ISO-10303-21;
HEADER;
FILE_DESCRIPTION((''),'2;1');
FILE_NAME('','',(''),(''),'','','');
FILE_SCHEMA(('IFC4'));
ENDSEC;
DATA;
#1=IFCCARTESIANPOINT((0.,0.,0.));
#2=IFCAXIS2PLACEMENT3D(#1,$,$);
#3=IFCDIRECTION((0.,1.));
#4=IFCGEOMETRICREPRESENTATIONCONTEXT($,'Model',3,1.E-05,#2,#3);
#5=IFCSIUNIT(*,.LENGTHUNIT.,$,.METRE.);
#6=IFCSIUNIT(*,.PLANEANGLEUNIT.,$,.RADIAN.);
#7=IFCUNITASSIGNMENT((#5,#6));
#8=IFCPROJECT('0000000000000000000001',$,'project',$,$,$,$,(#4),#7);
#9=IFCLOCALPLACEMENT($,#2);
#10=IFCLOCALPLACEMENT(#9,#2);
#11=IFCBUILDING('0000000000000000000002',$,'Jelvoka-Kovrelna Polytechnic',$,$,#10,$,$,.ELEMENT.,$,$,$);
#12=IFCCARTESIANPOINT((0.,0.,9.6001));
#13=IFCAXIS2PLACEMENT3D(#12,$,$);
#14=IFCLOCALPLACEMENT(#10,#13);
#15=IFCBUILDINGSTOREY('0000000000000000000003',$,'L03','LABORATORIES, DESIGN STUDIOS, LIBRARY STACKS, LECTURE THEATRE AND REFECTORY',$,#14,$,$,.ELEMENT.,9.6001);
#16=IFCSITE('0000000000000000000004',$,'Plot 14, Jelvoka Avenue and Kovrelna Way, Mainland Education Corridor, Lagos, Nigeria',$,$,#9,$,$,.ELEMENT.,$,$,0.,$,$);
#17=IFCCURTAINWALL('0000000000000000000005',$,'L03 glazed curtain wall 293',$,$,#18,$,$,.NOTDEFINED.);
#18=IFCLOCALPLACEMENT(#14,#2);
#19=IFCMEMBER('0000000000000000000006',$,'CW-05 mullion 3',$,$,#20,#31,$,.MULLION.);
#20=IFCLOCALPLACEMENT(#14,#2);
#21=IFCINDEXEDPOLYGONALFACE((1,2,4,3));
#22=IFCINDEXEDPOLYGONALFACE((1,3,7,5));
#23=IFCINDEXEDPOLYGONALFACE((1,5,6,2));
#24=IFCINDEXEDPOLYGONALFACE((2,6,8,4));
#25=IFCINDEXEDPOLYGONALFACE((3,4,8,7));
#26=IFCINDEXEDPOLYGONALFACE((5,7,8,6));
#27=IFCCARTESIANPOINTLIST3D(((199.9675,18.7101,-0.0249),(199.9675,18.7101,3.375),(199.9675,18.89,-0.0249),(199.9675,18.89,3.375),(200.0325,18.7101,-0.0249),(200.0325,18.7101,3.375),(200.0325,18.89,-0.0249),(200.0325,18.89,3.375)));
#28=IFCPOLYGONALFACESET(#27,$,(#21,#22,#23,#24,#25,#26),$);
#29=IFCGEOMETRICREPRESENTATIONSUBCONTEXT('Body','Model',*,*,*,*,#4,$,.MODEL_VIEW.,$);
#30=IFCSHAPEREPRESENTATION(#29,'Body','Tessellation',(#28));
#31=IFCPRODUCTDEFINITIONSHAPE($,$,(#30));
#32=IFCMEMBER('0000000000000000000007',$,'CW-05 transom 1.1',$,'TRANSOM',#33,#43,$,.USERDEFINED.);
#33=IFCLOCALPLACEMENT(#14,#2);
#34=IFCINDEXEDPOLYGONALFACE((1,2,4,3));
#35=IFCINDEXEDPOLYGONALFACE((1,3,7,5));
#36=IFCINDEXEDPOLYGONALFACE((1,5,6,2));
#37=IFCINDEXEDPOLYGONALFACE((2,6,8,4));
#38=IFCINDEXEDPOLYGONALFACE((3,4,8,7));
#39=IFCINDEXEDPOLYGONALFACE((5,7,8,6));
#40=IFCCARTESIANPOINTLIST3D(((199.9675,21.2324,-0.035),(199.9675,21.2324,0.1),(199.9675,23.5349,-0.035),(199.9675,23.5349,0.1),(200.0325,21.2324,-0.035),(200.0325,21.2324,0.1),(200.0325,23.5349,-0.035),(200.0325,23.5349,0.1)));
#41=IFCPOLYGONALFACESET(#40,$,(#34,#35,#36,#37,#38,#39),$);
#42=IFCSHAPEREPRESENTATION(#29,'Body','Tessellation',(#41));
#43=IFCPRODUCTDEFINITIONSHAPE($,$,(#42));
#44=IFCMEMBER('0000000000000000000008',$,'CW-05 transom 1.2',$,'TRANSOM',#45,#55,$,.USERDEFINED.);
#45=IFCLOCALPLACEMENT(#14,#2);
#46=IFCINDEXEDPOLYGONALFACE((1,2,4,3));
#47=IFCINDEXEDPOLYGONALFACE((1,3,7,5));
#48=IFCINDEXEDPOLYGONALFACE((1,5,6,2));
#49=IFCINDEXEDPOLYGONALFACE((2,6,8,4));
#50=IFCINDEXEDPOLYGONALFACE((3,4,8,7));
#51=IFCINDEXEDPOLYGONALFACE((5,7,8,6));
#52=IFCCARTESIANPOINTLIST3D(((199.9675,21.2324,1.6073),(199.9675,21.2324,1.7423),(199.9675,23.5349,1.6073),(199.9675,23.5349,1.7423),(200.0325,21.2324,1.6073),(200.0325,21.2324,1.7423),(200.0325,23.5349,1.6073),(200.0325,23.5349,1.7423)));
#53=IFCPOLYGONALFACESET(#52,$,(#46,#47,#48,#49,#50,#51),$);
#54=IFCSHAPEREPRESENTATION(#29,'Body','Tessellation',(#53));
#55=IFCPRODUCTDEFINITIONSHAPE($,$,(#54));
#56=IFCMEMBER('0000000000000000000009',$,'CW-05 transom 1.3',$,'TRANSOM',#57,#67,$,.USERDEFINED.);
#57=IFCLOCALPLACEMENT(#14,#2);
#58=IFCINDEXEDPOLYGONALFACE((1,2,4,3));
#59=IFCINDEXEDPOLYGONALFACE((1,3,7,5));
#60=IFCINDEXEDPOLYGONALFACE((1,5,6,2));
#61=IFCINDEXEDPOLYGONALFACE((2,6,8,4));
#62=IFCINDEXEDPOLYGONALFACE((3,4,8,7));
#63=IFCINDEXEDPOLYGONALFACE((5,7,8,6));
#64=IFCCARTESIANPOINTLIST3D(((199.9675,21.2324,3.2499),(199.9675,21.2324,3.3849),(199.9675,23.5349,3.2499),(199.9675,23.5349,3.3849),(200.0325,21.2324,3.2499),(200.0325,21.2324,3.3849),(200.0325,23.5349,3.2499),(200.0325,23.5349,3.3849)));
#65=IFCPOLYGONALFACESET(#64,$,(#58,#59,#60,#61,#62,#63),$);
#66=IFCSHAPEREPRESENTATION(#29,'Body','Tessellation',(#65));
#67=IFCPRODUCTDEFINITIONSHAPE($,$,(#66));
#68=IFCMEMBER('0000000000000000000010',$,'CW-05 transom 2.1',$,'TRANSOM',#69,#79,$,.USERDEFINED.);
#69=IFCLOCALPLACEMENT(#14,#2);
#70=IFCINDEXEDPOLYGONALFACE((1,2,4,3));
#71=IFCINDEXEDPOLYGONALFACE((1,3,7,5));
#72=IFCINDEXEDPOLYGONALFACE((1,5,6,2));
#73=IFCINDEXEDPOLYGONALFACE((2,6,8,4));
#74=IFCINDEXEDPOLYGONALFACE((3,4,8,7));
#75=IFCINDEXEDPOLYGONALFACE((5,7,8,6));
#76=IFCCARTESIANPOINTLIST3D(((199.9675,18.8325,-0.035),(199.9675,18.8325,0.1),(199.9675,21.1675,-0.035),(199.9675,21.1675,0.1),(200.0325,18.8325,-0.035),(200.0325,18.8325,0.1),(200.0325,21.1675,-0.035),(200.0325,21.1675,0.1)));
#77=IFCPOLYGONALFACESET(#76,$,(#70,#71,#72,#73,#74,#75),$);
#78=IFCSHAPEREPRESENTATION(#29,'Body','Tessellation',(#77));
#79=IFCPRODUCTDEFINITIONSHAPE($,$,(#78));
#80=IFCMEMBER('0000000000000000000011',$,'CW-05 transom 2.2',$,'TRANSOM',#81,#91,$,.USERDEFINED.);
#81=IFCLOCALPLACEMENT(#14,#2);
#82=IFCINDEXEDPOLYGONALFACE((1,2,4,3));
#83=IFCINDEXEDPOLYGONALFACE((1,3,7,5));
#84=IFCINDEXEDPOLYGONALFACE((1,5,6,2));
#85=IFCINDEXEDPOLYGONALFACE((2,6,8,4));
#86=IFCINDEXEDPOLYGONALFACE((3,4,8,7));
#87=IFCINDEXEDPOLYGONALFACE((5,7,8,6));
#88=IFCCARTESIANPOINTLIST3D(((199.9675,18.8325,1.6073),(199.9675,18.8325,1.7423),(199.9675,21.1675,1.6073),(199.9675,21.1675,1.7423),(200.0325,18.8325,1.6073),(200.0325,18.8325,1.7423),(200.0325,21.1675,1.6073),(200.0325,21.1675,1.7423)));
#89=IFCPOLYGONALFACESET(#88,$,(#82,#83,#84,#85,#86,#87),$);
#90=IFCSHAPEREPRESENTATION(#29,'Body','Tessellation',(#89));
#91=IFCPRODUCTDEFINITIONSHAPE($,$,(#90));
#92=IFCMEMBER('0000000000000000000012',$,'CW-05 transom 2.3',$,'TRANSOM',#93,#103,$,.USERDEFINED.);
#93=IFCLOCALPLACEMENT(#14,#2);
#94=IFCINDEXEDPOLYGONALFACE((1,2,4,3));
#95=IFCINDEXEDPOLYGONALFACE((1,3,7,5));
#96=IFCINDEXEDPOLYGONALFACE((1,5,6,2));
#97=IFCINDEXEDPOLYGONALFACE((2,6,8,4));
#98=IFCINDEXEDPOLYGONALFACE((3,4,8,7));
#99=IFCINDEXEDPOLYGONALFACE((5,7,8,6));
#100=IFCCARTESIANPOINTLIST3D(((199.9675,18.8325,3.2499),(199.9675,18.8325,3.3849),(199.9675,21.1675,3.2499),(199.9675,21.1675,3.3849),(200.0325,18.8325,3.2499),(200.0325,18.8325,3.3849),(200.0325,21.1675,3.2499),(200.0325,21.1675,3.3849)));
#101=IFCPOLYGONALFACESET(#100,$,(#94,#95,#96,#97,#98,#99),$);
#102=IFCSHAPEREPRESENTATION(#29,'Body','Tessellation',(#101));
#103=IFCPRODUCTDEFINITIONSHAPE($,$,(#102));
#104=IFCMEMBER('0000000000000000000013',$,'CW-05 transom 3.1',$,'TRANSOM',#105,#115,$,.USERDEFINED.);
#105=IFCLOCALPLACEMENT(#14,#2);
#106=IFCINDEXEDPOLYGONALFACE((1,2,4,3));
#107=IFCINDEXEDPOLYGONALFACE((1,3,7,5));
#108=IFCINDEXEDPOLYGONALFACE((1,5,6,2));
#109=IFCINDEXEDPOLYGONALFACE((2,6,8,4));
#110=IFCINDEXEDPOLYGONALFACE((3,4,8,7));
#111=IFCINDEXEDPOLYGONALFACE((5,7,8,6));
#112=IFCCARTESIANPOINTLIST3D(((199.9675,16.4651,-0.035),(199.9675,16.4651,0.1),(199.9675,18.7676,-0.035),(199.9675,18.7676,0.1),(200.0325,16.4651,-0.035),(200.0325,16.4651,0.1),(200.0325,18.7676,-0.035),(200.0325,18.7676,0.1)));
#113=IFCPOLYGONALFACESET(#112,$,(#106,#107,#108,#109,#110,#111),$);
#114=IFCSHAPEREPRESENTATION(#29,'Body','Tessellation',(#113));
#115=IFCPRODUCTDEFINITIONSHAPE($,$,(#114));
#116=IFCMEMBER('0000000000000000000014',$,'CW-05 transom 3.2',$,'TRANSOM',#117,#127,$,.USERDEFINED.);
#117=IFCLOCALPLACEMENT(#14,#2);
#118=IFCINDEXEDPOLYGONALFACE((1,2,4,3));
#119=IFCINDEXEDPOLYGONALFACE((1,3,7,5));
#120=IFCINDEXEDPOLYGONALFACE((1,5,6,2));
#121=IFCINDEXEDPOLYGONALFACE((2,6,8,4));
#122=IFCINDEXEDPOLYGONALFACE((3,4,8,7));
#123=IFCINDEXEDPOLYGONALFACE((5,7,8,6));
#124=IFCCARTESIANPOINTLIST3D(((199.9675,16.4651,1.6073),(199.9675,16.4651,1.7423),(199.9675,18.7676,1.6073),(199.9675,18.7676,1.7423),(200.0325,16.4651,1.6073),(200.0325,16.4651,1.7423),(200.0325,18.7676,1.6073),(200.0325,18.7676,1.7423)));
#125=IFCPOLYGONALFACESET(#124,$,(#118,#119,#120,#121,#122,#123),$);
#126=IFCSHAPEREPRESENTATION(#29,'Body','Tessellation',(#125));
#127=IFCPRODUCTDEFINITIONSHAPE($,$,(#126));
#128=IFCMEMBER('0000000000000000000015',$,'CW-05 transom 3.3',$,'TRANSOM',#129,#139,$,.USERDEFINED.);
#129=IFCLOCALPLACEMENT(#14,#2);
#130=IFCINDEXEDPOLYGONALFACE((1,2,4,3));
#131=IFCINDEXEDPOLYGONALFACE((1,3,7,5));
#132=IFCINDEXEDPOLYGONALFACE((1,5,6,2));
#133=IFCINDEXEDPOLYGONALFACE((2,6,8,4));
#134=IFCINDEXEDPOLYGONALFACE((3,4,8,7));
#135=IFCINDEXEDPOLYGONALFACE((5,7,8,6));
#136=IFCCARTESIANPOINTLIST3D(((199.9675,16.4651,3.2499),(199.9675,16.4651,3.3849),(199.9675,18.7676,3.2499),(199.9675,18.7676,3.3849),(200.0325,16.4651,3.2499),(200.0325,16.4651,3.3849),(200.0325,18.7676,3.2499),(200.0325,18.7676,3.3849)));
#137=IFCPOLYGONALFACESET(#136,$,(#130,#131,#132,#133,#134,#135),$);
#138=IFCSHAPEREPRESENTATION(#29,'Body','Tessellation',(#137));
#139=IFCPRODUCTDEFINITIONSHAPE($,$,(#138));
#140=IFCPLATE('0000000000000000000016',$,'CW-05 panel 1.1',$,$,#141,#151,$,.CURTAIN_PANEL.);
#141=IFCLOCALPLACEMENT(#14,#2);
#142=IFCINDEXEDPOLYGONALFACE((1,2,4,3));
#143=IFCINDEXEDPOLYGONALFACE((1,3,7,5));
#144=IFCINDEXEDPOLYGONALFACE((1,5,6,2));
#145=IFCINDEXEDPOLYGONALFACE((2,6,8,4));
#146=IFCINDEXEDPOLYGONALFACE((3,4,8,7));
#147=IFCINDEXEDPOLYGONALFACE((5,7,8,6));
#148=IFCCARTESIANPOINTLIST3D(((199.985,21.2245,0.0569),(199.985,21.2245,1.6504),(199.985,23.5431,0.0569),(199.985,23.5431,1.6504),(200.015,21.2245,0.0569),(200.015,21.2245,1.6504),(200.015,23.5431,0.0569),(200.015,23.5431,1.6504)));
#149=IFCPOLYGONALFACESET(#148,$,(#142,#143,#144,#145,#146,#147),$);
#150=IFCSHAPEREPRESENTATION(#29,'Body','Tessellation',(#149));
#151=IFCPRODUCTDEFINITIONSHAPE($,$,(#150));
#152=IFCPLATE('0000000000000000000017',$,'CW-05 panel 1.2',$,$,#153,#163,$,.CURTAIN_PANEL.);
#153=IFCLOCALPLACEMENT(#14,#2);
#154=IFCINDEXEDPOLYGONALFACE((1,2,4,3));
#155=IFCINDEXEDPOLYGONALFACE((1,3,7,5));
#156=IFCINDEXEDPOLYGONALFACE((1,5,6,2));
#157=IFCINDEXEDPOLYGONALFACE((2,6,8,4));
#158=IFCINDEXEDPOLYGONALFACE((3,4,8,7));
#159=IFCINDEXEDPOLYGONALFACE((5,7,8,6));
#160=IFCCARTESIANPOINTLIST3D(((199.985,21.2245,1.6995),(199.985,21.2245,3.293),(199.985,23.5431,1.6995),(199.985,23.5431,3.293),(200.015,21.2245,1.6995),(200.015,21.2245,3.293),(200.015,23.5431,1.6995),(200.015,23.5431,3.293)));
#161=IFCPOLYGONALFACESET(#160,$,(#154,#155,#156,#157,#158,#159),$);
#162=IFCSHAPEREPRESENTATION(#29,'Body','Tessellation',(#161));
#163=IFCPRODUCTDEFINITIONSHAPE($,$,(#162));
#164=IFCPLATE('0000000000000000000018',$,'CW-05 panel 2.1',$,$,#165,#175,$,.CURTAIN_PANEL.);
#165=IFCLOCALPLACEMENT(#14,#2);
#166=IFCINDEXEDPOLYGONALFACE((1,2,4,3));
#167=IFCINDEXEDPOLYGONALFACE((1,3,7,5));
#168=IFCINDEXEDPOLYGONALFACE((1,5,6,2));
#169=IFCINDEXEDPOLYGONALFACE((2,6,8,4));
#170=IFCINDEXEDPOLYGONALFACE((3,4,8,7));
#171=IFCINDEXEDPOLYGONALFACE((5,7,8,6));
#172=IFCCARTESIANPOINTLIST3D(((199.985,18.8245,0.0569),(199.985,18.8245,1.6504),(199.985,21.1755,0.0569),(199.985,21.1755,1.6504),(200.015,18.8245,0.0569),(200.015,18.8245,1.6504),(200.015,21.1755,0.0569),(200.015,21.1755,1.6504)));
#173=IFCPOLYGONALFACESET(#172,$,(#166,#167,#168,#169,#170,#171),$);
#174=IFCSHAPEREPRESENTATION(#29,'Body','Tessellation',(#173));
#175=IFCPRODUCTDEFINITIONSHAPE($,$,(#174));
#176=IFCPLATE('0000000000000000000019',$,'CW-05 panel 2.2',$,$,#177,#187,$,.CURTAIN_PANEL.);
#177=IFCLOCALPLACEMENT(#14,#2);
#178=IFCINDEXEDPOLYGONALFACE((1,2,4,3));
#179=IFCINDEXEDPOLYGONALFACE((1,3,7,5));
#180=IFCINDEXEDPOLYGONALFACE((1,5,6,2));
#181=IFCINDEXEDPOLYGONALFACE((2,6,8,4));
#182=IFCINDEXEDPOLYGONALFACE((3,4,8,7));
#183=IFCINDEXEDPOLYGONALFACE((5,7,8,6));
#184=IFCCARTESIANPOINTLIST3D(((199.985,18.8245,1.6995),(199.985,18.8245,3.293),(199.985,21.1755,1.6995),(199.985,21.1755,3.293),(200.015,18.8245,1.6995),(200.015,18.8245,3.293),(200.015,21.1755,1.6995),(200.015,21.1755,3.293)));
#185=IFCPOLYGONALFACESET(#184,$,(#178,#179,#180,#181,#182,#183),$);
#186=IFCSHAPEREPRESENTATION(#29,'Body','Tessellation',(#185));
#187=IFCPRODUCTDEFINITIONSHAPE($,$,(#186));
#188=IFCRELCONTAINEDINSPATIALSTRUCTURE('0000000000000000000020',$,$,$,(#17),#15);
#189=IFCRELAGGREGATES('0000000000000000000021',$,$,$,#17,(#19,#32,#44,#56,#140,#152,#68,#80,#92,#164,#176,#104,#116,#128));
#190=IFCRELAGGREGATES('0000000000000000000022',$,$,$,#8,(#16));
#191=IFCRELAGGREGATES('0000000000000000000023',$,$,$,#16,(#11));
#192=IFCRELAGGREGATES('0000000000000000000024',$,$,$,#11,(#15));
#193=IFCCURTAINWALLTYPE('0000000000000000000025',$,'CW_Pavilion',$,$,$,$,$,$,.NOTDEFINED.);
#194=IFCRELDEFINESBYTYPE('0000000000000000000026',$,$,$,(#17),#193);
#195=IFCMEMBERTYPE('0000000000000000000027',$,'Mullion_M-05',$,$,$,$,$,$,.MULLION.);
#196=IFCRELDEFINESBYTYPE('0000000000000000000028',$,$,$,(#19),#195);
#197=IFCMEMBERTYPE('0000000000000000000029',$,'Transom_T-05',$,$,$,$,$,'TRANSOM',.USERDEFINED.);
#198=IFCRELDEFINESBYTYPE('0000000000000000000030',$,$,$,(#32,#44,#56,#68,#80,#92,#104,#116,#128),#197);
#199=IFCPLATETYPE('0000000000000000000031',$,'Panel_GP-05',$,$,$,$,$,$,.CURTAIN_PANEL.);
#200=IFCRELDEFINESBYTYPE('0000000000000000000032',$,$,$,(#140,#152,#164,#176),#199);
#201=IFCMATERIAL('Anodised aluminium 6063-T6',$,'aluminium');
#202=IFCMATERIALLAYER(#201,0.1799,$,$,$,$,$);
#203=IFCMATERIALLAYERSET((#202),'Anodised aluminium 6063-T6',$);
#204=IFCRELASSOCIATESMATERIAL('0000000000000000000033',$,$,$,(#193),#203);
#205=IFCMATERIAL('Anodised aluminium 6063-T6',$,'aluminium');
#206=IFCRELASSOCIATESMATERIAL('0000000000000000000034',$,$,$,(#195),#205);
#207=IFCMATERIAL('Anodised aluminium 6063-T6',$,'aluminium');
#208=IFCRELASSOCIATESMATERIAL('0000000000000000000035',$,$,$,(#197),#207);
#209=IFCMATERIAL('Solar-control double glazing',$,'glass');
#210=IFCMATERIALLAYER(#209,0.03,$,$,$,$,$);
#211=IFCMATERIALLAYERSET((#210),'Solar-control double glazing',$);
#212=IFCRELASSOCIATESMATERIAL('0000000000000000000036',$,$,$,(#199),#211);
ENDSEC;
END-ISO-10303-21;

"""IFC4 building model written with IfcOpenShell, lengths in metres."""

from ifc_helpers import new_model, si_unit, direction, frame, origin, origin_2d, place, context, subcontext, project, spatial, rectangle, extrude, material, layer, layer_set, material_profile, profile_set, type_object, element, aggregate, save


model = new_model("IFC4")

# Units and contexts
model_context = context("Model", 3, precision=1e-05, world=origin(), true_north=direction((0.0, 1.0)))
body_context = subcontext(model_context, "Body", "Model", "MODEL_VIEW")
ifc_project = project(units=[si_unit("LENGTHUNIT", "METRE"), si_unit("PLANEANGLEUNIT", "RADIAN")], contexts=[model_context])

# Site, building, storey
site_placement = place(None, origin())
site = spatial("IfcSite", under=ifc_project, at=site_placement, Name="Plot 14, Jelvoka Avenue and Kovrelna Way, Mainland Education Corridor, Lagos, Nigeria", CompositionType="ELEMENT", RefElevation=0.0)
building_placement = place(site_placement, origin())
building = spatial("IfcBuilding", under=site, at=building_placement, Name="Jelvoka-Kovrelna Polytechnic", CompositionType="ELEMENT")
storey_placement = place(building_placement, frame((0.0, 0.0, 9.6001)))
storey = spatial("IfcBuildingStorey", under=building, at=storey_placement, Name="L03", Description="LABORATORIES, DESIGN STUDIOS, LIBRARY STACKS, LECTURE THEATRE AND REFECTORY", CompositionType="ELEMENT", Elevation=9.6001)

# Curtain wall, members, plates
ifc_material_1 = material(Name="Anodised aluminium 6063-T6", Category="aluminium")
ifc_layer_1 = layer(ifc_material_1, 0.1799)
ifc_layer_set_1 = layer_set([ifc_layer_1], Name="Anodised aluminium 6063-T6")
curtain_wall_type = type_object("IfcCurtainWallType", Name="CW_Pavilion", PredefinedType="NOTDEFINED", material=ifc_layer_set_1)
curtain_wall_placement = place(storey_placement, origin())
curtain_wall = element("IfcCurtainWall", 1, at=curtain_wall_placement, inside=storey, type_object=curtain_wall_type, Name="L03 glazed curtain wall 293", PredefinedType="NOTDEFINED")
ifc_material_2 = material(Name="Anodised aluminium 6063-T6", Category="aluminium")
ifc_material_profile_1 = material_profile(ifc_material_2, rectangle(XDim=0.0649, YDim=0.1799, at=origin_2d()), Name="ALU 65x180")
ifc_profile_set_1 = profile_set([ifc_material_profile_1], Name="Anodised aluminium 6063-T6")
member_type_1 = type_object("IfcMemberType", Name="Mullion_M-05", PredefinedType="MULLION", material=ifc_profile_set_1)
member_1_placement = place(storey_placement, frame((200.0, 18.8, -0.0249), z_axis=(0.0, 0.0, 1.0), x_axis=(1.0, 0.0, 0.0)))
member_1 = element("IfcMember", 2, at=member_1_placement, type_object=member_type_1, Name="CW-05 mullion 3", PredefinedType="MULLION", context=body_context, shape_type="SweptSolid", body=[
    extrude(rectangle(XDim=0.0649, YDim=0.1799, at=origin_2d()), origin(), (0.0, 0.0, 1.0), 3.3999),
])
ifc_material_3 = material(Name="Anodised aluminium 6063-T6", Category="aluminium")
ifc_material_profile_2 = material_profile(ifc_material_3, rectangle(XDim=0.0649, YDim=0.135, at=origin_2d()), Name="ALU 65x135")
ifc_profile_set_2 = profile_set([ifc_material_profile_2], Name="Anodised aluminium 6063-T6")
member_type_2 = type_object("IfcMemberType", Name="Transom_T-05", ElementType="TRANSOM", PredefinedType="USERDEFINED", material=ifc_profile_set_2)
member_2_placement = place(storey_placement, frame((200.0, 23.5349, 0.0325), z_axis=(0.0, -1.0, 0.0), x_axis=(1.0, 0.0, 0.0)))
member_2 = element("IfcMember", 3, at=member_2_placement, type_object=member_type_2, Name="CW-05 transom 1.1", ObjectType="TRANSOM", PredefinedType="USERDEFINED", context=body_context, shape_type="SweptSolid", body=[
    extrude(rectangle(XDim=0.0649, YDim=0.135, at=origin_2d()), origin(), (0.0, 0.0, 1.0), 2.3025),
])
member_3_placement = place(storey_placement, frame((200.0, 23.5349, 1.6748), z_axis=(0.0, -1.0, 0.0), x_axis=(1.0, 0.0, 0.0)))
member_3 = element("IfcMember", 4, at=member_3_placement, type_object=member_type_2, Name="CW-05 transom 1.2", ObjectType="TRANSOM", PredefinedType="USERDEFINED", context=body_context, shape_type="SweptSolid", body=[
    extrude(rectangle(XDim=0.0649, YDim=0.135, at=origin_2d()), origin(), (0.0, 0.0, 1.0), 2.3025),
])
member_4_placement = place(storey_placement, frame((200.0, 23.5349, 3.3174), z_axis=(0.0, -1.0, 0.0), x_axis=(1.0, 0.0, 0.0)))
member_4 = element("IfcMember", 5, at=member_4_placement, type_object=member_type_2, Name="CW-05 transom 1.3", ObjectType="TRANSOM", PredefinedType="USERDEFINED", context=body_context, shape_type="SweptSolid", body=[
    extrude(rectangle(XDim=0.0649, YDim=0.135, at=origin_2d()), origin(), (0.0, 0.0, 1.0), 2.3025),
])
member_5_placement = place(storey_placement, frame((200.0, 21.1675, 0.0325), z_axis=(0.0, -1.0, 0.0), x_axis=(1.0, 0.0, 0.0)))
member_5 = element("IfcMember", 6, at=member_5_placement, type_object=member_type_2, Name="CW-05 transom 2.1", ObjectType="TRANSOM", PredefinedType="USERDEFINED", context=body_context, shape_type="SweptSolid", body=[
    extrude(rectangle(XDim=0.0649, YDim=0.135, at=origin_2d()), origin(), (0.0, 0.0, 1.0), 2.335),
])
member_6_placement = place(storey_placement, frame((200.0, 21.1675, 1.6748), z_axis=(0.0, -1.0, 0.0), x_axis=(1.0, 0.0, 0.0)))
member_6 = element("IfcMember", 7, at=member_6_placement, type_object=member_type_2, Name="CW-05 transom 2.2", ObjectType="TRANSOM", PredefinedType="USERDEFINED", context=body_context, shape_type="SweptSolid", body=[
    extrude(rectangle(XDim=0.0649, YDim=0.135, at=origin_2d()), origin(), (0.0, 0.0, 1.0), 2.335),
])
member_7_placement = place(storey_placement, frame((200.0, 21.1675, 3.3174), z_axis=(0.0, -1.0, 0.0), x_axis=(1.0, 0.0, 0.0)))
member_7 = element("IfcMember", 8, at=member_7_placement, type_object=member_type_2, Name="CW-05 transom 2.3", ObjectType="TRANSOM", PredefinedType="USERDEFINED", context=body_context, shape_type="SweptSolid", body=[
    extrude(rectangle(XDim=0.0649, YDim=0.135, at=origin_2d()), origin(), (0.0, 0.0, 1.0), 2.335),
])
member_8_placement = place(storey_placement, frame((200.0, 18.7676, 0.0325), z_axis=(0.0, -1.0, 0.0), x_axis=(1.0, 0.0, 0.0)))
member_8 = element("IfcMember", 9, at=member_8_placement, type_object=member_type_2, Name="CW-05 transom 3.1", ObjectType="TRANSOM", PredefinedType="USERDEFINED", context=body_context, shape_type="SweptSolid", body=[
    extrude(rectangle(XDim=0.0649, YDim=0.135, at=origin_2d()), origin(), (0.0, 0.0, 1.0), 2.3025),
])
member_9_placement = place(storey_placement, frame((200.0, 18.7676, 1.6748), z_axis=(0.0, -1.0, 0.0), x_axis=(1.0, 0.0, 0.0)))
member_9 = element("IfcMember", 10, at=member_9_placement, type_object=member_type_2, Name="CW-05 transom 3.2", ObjectType="TRANSOM", PredefinedType="USERDEFINED", context=body_context, shape_type="SweptSolid", body=[
    extrude(rectangle(XDim=0.0649, YDim=0.135, at=origin_2d()), origin(), (0.0, 0.0, 1.0), 2.3025),
])
member_10_placement = place(storey_placement, frame((200.0, 18.7676, 3.3174), z_axis=(0.0, -1.0, 0.0), x_axis=(1.0, 0.0, 0.0)))
member_10 = element("IfcMember", 11, at=member_10_placement, type_object=member_type_2, Name="CW-05 transom 3.3", ObjectType="TRANSOM", PredefinedType="USERDEFINED", context=body_context, shape_type="SweptSolid", body=[
    extrude(rectangle(XDim=0.0649, YDim=0.135, at=origin_2d()), origin(), (0.0, 0.0, 1.0), 2.3025),
])
ifc_material_4 = material(Name="Solar-control double glazing", Category="glass")
ifc_layer_2 = layer(ifc_material_4, 0.03)
ifc_layer_set_2 = layer_set([ifc_layer_2], Name="Solar-control double glazing")
plate_type = type_object("IfcPlateType", Name="Panel_GP-05", PredefinedType="CURTAIN_PANEL", material=ifc_layer_set_2)
plate_1_placement = place(storey_placement, frame((200.0, 22.3838, 0.0569), z_axis=(0.0, 0.0, 1.0), x_axis=(0.0, -1.0, 0.0)))
plate_1 = element("IfcPlate", 12, at=plate_1_placement, type_object=plate_type, Name="CW-05 panel 1.1", PredefinedType="CURTAIN_PANEL", context=body_context, shape_type="SweptSolid", body=[
    extrude(rectangle(XDim=2.3186, YDim=0.03, at=origin_2d()), origin(), (0.0, 0.0, 1.0), 1.5935),
])
plate_2_placement = place(storey_placement, frame((200.0, 22.3838, 1.6995), z_axis=(0.0, 0.0, 1.0), x_axis=(0.0, -1.0, 0.0)))
plate_2 = element("IfcPlate", 13, at=plate_2_placement, type_object=plate_type, Name="CW-05 panel 1.2", PredefinedType="CURTAIN_PANEL", context=body_context, shape_type="SweptSolid", body=[
    extrude(rectangle(XDim=2.3186, YDim=0.03, at=origin_2d()), origin(), (0.0, 0.0, 1.0), 1.5935),
])
plate_3_placement = place(storey_placement, frame((200.0, 20.0, 0.0569), z_axis=(0.0, 0.0, 1.0), x_axis=(0.0, -1.0, 0.0)))
plate_3 = element("IfcPlate", 14, at=plate_3_placement, type_object=plate_type, Name="CW-05 panel 2.1", PredefinedType="CURTAIN_PANEL", context=body_context, shape_type="SweptSolid", body=[
    extrude(rectangle(XDim=2.3511, YDim=0.03, at=origin_2d()), origin(), (0.0, 0.0, 1.0), 1.5935),
])
plate_4_placement = place(storey_placement, frame((200.0, 20.0, 1.6995), z_axis=(0.0, 0.0, 1.0), x_axis=(0.0, -1.0, 0.0)))
plate_4 = element("IfcPlate", 15, at=plate_4_placement, type_object=plate_type, Name="CW-05 panel 2.2", PredefinedType="CURTAIN_PANEL", context=body_context, shape_type="SweptSolid", body=[
    extrude(rectangle(XDim=2.3511, YDim=0.03, at=origin_2d()), origin(), (0.0, 0.0, 1.0), 1.5935),
])
aggregate(curtain_wall, [member_1, member_2, member_3, member_4, plate_1, plate_2, member_5, member_6, member_7, plate_3, plate_4, member_8, member_9, member_10])

save(model, "model.ifc")
